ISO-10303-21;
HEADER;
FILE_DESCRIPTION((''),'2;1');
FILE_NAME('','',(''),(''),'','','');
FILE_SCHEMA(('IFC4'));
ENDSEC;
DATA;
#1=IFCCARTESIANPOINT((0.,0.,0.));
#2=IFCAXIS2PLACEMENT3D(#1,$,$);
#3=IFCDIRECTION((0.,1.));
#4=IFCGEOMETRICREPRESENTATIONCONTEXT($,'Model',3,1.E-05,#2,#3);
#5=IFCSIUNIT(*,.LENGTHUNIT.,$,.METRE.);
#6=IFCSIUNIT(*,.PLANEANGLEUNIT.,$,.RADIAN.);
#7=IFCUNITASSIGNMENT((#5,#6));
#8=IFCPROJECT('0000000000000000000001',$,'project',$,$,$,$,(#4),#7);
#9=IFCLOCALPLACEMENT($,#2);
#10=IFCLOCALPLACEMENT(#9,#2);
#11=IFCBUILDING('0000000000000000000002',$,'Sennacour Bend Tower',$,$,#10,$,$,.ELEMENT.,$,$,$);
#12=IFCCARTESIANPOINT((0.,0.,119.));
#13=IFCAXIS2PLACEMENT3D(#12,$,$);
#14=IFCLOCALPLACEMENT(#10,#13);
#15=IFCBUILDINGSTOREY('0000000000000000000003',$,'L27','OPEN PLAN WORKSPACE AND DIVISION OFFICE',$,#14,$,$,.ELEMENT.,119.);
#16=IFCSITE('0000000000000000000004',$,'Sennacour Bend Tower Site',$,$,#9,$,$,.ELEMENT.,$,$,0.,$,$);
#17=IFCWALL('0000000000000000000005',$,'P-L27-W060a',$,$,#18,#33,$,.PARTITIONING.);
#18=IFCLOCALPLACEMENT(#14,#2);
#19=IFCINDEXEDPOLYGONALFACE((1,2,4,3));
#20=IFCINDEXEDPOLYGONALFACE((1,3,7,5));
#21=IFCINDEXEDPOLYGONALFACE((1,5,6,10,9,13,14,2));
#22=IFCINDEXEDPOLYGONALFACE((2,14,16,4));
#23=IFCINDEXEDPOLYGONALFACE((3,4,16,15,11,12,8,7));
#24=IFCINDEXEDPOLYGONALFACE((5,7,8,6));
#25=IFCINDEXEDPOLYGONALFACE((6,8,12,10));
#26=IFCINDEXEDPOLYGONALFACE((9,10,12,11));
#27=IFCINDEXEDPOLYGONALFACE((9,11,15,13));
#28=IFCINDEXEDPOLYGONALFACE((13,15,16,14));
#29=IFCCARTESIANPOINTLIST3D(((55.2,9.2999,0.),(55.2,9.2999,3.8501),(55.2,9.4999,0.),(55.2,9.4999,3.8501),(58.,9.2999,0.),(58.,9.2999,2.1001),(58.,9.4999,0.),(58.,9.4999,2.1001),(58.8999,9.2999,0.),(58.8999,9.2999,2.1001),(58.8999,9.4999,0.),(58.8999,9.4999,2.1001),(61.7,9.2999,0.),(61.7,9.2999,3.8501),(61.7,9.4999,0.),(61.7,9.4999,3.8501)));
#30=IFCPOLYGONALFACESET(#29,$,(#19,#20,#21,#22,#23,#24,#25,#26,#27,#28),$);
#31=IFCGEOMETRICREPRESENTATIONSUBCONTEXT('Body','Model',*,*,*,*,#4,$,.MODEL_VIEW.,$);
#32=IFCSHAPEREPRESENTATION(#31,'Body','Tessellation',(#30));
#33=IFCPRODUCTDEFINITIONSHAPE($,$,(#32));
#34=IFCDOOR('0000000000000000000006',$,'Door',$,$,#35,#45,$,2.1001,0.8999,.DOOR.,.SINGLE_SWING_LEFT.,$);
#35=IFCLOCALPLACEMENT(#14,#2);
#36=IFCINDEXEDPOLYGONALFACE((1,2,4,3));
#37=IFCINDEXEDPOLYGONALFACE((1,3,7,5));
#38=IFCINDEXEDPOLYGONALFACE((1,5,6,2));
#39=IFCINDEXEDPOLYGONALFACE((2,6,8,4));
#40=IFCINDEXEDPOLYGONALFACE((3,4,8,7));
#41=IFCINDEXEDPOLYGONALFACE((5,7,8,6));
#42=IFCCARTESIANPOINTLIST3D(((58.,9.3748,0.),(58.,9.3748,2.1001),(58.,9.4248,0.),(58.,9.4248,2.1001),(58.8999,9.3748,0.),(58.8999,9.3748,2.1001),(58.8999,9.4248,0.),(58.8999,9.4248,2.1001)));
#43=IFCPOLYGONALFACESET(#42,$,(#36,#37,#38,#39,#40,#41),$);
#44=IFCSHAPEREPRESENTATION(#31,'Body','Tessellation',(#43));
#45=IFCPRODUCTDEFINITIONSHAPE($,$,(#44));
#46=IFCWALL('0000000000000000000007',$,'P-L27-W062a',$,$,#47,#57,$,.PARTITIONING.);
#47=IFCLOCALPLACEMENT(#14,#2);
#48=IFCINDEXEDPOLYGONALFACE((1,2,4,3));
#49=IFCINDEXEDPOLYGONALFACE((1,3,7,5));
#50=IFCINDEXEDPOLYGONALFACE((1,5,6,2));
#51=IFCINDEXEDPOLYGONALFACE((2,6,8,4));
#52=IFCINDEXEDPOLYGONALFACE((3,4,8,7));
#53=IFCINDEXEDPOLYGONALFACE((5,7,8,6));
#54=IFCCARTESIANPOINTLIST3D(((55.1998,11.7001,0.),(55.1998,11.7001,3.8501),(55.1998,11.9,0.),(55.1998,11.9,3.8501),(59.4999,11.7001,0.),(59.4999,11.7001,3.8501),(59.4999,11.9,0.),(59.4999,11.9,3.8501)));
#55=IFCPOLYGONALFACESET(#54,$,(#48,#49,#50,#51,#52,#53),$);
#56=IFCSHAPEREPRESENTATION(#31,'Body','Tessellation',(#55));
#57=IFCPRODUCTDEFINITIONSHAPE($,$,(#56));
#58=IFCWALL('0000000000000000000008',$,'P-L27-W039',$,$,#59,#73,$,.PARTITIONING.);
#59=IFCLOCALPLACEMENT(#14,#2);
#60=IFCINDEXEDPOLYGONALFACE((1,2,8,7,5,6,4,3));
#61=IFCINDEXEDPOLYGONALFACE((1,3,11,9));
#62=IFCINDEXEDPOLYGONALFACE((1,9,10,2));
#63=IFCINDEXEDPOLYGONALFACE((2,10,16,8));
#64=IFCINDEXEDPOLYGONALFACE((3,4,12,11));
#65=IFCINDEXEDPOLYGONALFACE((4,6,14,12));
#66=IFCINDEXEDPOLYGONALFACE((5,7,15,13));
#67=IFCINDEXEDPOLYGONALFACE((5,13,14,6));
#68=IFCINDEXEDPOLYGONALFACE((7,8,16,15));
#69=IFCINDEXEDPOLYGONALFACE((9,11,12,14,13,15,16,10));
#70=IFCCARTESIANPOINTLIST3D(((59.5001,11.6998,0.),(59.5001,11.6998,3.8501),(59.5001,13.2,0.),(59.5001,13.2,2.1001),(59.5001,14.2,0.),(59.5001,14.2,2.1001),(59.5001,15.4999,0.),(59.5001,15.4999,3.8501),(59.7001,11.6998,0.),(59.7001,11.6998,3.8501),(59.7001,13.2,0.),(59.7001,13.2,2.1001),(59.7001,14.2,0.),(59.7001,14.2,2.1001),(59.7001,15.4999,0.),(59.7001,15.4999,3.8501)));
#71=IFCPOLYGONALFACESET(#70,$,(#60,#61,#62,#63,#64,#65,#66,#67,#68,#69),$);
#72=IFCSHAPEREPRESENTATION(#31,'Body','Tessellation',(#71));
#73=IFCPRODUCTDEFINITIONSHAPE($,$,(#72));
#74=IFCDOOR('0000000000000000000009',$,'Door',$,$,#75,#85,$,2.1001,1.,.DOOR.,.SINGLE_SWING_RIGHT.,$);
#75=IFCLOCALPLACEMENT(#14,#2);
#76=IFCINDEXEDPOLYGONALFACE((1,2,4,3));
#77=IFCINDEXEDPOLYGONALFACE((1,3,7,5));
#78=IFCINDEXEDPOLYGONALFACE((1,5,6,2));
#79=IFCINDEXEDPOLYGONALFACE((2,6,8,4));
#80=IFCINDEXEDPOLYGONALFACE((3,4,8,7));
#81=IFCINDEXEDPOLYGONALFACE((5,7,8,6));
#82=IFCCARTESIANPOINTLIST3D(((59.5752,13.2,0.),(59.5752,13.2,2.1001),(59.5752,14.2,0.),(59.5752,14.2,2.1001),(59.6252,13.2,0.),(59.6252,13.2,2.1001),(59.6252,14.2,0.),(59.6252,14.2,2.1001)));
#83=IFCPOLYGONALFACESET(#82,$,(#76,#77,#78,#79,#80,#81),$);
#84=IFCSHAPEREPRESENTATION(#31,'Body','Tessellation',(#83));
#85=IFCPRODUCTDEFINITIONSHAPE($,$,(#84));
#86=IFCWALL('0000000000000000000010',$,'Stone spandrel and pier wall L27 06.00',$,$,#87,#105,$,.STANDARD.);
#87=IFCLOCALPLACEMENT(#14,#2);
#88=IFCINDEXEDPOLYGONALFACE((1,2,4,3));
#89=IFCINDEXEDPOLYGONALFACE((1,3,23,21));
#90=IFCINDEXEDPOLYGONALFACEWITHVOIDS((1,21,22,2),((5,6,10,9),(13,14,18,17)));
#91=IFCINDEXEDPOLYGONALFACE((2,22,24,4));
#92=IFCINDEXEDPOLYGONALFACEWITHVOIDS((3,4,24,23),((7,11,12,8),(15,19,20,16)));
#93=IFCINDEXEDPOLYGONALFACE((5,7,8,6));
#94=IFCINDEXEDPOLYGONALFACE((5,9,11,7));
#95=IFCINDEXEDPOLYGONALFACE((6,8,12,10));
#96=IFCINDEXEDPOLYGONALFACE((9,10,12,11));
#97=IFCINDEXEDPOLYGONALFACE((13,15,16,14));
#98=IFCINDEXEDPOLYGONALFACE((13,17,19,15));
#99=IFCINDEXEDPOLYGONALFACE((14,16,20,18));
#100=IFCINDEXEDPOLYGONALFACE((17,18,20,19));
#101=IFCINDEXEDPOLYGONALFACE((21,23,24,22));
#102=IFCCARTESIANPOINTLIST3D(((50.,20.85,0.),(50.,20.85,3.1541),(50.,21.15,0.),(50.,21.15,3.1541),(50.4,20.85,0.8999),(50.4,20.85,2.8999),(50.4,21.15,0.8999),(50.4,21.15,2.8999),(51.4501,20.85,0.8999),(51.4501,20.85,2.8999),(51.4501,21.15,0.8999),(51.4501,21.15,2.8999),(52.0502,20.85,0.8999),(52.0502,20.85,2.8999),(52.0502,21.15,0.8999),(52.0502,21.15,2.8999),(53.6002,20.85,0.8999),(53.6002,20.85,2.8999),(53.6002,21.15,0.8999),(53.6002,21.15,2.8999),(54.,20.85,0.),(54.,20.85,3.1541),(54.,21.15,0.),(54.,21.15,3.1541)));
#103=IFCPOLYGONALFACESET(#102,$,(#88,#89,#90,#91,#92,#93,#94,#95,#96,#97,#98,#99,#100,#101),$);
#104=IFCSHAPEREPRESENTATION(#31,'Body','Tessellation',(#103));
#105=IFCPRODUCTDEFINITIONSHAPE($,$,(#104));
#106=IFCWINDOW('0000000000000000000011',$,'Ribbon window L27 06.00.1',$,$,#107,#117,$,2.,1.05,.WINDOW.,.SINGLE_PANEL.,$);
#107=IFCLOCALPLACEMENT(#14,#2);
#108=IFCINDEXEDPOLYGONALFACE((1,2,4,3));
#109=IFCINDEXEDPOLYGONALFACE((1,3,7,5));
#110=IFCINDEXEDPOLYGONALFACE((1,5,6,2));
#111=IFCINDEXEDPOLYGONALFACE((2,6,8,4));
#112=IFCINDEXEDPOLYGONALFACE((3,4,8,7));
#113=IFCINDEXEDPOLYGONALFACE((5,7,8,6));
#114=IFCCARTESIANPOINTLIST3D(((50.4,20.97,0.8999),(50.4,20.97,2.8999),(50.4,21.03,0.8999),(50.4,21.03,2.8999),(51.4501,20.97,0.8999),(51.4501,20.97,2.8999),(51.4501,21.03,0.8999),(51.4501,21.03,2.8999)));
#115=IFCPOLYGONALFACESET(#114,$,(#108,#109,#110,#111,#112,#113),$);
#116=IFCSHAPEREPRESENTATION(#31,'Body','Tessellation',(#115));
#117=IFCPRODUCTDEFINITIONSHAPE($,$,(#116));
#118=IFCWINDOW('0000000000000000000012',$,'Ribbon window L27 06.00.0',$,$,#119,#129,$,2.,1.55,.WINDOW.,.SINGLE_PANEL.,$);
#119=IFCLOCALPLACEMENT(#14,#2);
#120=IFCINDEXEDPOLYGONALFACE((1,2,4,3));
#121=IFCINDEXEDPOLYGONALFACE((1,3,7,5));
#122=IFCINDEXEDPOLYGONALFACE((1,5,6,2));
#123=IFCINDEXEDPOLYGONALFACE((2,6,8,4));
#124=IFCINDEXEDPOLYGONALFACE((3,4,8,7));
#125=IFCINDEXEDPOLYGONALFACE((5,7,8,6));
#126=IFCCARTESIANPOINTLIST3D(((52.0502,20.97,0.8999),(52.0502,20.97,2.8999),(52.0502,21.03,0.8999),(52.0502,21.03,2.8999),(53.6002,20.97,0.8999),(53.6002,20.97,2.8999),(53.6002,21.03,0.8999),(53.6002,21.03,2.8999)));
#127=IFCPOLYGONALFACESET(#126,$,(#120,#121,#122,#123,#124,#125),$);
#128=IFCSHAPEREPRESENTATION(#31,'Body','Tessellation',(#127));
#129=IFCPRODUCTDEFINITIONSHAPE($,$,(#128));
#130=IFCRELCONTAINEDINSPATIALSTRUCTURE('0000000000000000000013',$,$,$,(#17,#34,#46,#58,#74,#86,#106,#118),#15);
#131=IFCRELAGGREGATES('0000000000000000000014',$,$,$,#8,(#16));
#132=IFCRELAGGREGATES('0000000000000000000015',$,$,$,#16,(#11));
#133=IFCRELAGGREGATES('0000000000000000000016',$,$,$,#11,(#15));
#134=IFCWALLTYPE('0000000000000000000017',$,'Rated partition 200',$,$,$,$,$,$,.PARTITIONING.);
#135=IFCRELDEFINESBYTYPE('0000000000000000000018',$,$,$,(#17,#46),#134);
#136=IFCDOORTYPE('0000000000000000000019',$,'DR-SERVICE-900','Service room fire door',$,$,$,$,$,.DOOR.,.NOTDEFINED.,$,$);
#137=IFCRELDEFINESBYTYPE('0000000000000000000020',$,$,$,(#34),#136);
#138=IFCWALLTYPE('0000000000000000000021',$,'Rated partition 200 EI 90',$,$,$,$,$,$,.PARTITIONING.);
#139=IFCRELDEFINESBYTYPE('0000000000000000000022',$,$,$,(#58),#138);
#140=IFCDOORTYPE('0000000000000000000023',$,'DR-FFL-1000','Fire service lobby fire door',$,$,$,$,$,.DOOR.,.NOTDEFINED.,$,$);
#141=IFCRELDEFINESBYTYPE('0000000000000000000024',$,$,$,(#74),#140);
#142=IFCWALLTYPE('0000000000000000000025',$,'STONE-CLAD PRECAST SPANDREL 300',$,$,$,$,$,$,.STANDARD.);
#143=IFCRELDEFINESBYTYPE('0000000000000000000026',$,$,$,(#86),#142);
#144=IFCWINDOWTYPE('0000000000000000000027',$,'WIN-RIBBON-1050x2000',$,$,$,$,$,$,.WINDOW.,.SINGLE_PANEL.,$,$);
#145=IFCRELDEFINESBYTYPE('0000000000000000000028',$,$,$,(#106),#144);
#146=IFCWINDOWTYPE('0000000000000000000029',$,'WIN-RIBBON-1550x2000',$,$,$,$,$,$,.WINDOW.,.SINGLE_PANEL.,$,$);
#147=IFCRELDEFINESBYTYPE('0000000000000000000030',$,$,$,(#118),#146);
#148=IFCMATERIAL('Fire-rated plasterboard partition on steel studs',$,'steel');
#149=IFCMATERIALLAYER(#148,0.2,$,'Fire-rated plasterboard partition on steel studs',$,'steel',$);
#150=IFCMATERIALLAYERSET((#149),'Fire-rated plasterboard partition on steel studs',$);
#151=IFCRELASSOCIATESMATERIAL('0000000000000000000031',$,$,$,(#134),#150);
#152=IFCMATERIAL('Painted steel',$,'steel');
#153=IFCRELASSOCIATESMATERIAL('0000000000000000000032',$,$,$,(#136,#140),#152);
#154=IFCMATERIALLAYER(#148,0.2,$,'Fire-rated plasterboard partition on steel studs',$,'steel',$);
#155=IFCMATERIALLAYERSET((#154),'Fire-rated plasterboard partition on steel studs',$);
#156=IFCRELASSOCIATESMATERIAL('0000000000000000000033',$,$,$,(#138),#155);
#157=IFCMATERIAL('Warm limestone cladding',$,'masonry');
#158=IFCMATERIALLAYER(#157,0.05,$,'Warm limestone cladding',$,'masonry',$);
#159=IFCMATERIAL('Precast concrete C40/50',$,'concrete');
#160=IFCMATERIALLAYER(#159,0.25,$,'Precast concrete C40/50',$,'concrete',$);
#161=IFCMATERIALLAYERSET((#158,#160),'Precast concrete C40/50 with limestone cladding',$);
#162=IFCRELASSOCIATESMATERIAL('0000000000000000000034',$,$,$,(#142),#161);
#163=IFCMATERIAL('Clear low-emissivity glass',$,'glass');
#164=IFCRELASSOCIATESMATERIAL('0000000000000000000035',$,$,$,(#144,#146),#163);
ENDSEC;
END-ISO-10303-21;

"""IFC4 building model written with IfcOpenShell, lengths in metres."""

from ifc_helpers import new_model, si_unit, direction, frame, frame_2d, origin, place, context, subcontext, project, spatial, rectangle, extrude, material, layer, layer_set, type_object, element, fill, save


model = new_model("IFC4")

# Units and contexts
model_context = context("Model", 3, precision=1e-05, world=origin(), true_north=direction((0.0, 1.0)))
body_context = subcontext(model_context, "Body", "Model", "MODEL_VIEW")
ifc_project = project(units=[si_unit("LENGTHUNIT", "METRE"), si_unit("PLANEANGLEUNIT", "RADIAN")], contexts=[model_context])

# Site, building, storey
site_placement = place(None, origin())
site = spatial("IfcSite", under=ifc_project, at=site_placement, Name="Sennacour Bend Tower Site", CompositionType="ELEMENT", RefElevation=0.0)
building_placement = place(site_placement, origin())
building = spatial("IfcBuilding", under=site, at=building_placement, Name="Sennacour Bend Tower", CompositionType="ELEMENT")
storey_placement = place(building_placement, frame((0.0, 0.0, 119.0)))
storey = spatial("IfcBuildingStorey", under=building, at=storey_placement, Name="L27", Description="OPEN PLAN WORKSPACE AND DIVISION OFFICE", CompositionType="ELEMENT", Elevation=119.0)

# Wall, opening, door
ifc_material_1 = material(Name="Fire-rated plasterboard partition on steel studs", Category="steel")
ifc_layer_1 = layer(ifc_material_1, 0.2, Name="Fire-rated plasterboard partition on steel studs", Category="steel")
ifc_layer_set_1 = layer_set([ifc_layer_1], Name="Fire-rated plasterboard partition on steel studs")
wall_type_1 = type_object("IfcWallType", Name="Rated partition 200", PredefinedType="PARTITIONING", material=ifc_layer_set_1)
wall_1_placement = place(storey_placement, frame((55.2, 9.3999, 0.0), z_axis=(0.0, 0.0, 1.0), x_axis=(1.0, 0.0, 0.0)))
wall_1 = element("IfcWall", 1, at=wall_1_placement, inside=storey, type_object=wall_type_1, Name="P-L27-W060a", PredefinedType="PARTITIONING", context=body_context, shape_type="SweptSolid", body=[
    extrude(rectangle(XDim=6.5, YDim=0.2, at=frame_2d((3.25, 0.0))), origin(), (0.0, 0.0, 1.0), 3.8501),
])
opening_1_placement = place(wall_1_placement, frame((2.8, 0.0, 0.0)))
opening_1 = element("IfcOpeningElement", 2, at=opening_1_placement, cuts=wall_1, PredefinedType="OPENING", context=body_context, shape_type="SweptSolid", body=[
    extrude(rectangle(XDim=0.8999, YDim=2.1001, at=frame_2d((0.45, 1.05))), frame((0.0, 0.1099, 0.0), z_axis=(0.0, -1.0, 0.0), x_axis=(1.0, 0.0, 0.0)), (0.0, 0.0, 1.0), 0.22),
])
ifc_material_2 = material(Name="Painted steel", Category="steel")
door_type_1 = type_object("IfcDoorType", Name="DR-SERVICE-900", Description="Service room fire door", OperationType="NOTDEFINED", PredefinedType="DOOR", material=ifc_material_2)
door_1_placement = place(opening_1_placement, origin())
door_1 = element("IfcDoor", 3, at=door_1_placement, inside=storey, type_object=door_type_1, Name="Door", OperationType="SINGLE_SWING_LEFT", OverallHeight=2.1001, OverallWidth=0.8999, PredefinedType="DOOR", context=body_context, shape_type="SweptSolid", body=[
    extrude(rectangle(XDim=0.8999, YDim=2.1001, at=frame_2d((0.45, 1.05))), frame((0.0, 0.0249, 0.0), z_axis=(0.0, -1.0, 0.0), x_axis=(1.0, 0.0, 0.0)), (0.0, 0.0, 1.0), 0.05),
])
fill(opening_1, door_1)

# Wall
wall_2_placement = place(storey_placement, frame((55.2, 11.8, 0.0), z_axis=(0.0, 0.0, 1.0), x_axis=(1.0, 0.0, 0.0)))
element("IfcWall", 4, at=wall_2_placement, inside=storey, type_object=wall_type_1, Name="P-L27-W062a", PredefinedType="PARTITIONING", context=body_context, shape_type="SweptSolid", body=[
    extrude(rectangle(XDim=4.3, YDim=0.2, at=frame_2d((2.1499, 0.0))), origin(), (0.0, 0.0, 1.0), 3.8501),
])

# Wall, opening, door
ifc_layer_2 = layer(ifc_material_1, 0.2, Name="Fire-rated plasterboard partition on steel studs", Category="steel")
ifc_layer_set_2 = layer_set([ifc_layer_2], Name="Fire-rated plasterboard partition on steel studs")
wall_type_2 = type_object("IfcWallType", Name="Rated partition 200 EI 90", PredefinedType="PARTITIONING", material=ifc_layer_set_2)
wall_3_placement = place(storey_placement, frame((59.6001, 11.7, 0.0), z_axis=(0.0, 0.0, 1.0), x_axis=(0.0, 1.0, 0.0)))
wall_3 = element("IfcWall", 5, at=wall_3_placement, inside=storey, type_object=wall_type_2, Name="P-L27-W039", PredefinedType="PARTITIONING", context=body_context, shape_type="SweptSolid", body=[
    extrude(rectangle(XDim=3.8, YDim=0.2, at=frame_2d((1.8999, 0.0))), origin(), (0.0, 0.0, 1.0), 3.8501),
])
opening_2_placement = place(wall_3_placement, frame((1.5, 0.0, 0.0)))
opening_2 = element("IfcOpeningElement", 6, at=opening_2_placement, cuts=wall_3, PredefinedType="OPENING", context=body_context, shape_type="SweptSolid", body=[
    extrude(rectangle(XDim=1.0, YDim=2.1001, at=frame_2d((0.5, 1.05))), frame((0.0, 0.1099, 0.0), z_axis=(0.0, -1.0, 0.0), x_axis=(1.0, 0.0, 0.0)), (0.0, 0.0, 1.0), 0.22),
])
door_type_2 = type_object("IfcDoorType", Name="DR-FFL-1000", Description="Fire service lobby fire door", OperationType="NOTDEFINED", PredefinedType="DOOR", material=ifc_material_2)
door_2_placement = place(opening_2_placement, origin())
door_2 = element("IfcDoor", 7, at=door_2_placement, inside=storey, type_object=door_type_2, Name="Door", OperationType="SINGLE_SWING_RIGHT", OverallHeight=2.1001, OverallWidth=1.0, PredefinedType="DOOR", context=body_context, shape_type="SweptSolid", body=[
    extrude(rectangle(XDim=1.0, YDim=2.1001, at=frame_2d((0.5, 1.05))), frame((0.0, 0.0249, 0.0), z_axis=(0.0, -1.0, 0.0), x_axis=(1.0, 0.0, 0.0)), (0.0, 0.0, 1.0), 0.05),
])
fill(opening_2, door_2)

# Wall, openings, windows
ifc_material_3 = material(Name="Warm limestone cladding", Category="masonry")
ifc_layer_3 = layer(ifc_material_3, 0.05, Name="Warm limestone cladding", Category="masonry")
ifc_material_4 = material(Name="Precast concrete C40/50", Category="concrete")
ifc_layer_4 = layer(ifc_material_4, 0.25, Name="Precast concrete C40/50", Category="concrete")
ifc_layer_set_3 = layer_set([ifc_layer_3, ifc_layer_4], Name="Precast concrete C40/50 with limestone cladding")
wall_type_3 = type_object("IfcWallType", Name="STONE-CLAD PRECAST SPANDREL 300", PredefinedType="STANDARD", material=ifc_layer_set_3)
wall_4_placement = place(storey_placement, frame((54.0, 21.0, 0.0), z_axis=(0.0, 0.0, 1.0), x_axis=(-1.0, 0.0, 0.0)))
wall_4 = element("IfcWall", 8, at=wall_4_placement, inside=storey, type_object=wall_type_3, Name="Stone spandrel and pier wall L27 06.00", PredefinedType="STANDARD", context=body_context, shape_type="SweptSolid", body=[
    extrude(rectangle(XDim=4.0, YDim=0.3, at=frame_2d((2.0, 0.0))), origin(), (0.0, 0.0, 1.0), 3.1541),
])
opening_3_placement = place(wall_4_placement, frame((0.3999, 0.0, 0.8999)))
opening_3 = element("IfcOpeningElement", 9, at=opening_3_placement, cuts=wall_4, PredefinedType="OPENING", context=body_context, shape_type="SweptSolid", body=[
    extrude(rectangle(XDim=1.55, YDim=2.0, at=frame_2d((0.7749, 1.0))), frame((0.0, 0.1602, 0.0), z_axis=(0.0, -1.0, 0.0), x_axis=(1.0, 0.0, 0.0)), (0.0, 0.0, 1.0), 0.3201),
])
opening_4_placement = place(wall_4_placement, frame((2.55, 0.0, 0.8999)))
opening_4 = element("IfcOpeningElement", 10, at=opening_4_placement, cuts=wall_4, PredefinedType="OPENING", context=body_context, shape_type="SweptSolid", body=[
    extrude(rectangle(XDim=1.05, YDim=2.0, at=frame_2d((0.5249, 1.0))), frame((0.0, 0.1602, 0.0), z_axis=(0.0, -1.0, 0.0), x_axis=(1.0, 0.0, 0.0)), (0.0, 0.0, 1.0), 0.3201),
])
ifc_material_5 = material(Name="Clear low-emissivity glass", Category="glass")
window_type_1 = type_object("IfcWindowType", Name="WIN-RIBBON-1050x2000", PartitioningType="SINGLE_PANEL", PredefinedType="WINDOW", material=ifc_material_5)
window_1_placement = place(opening_4_placement, origin())
window_1 = element("IfcWindow", 11, at=window_1_placement, inside=storey, type_object=window_type_1, Name="Ribbon window L27 06.00.1", OverallHeight=2.0, OverallWidth=1.05, PartitioningType="SINGLE_PANEL", PredefinedType="WINDOW", context=body_context, shape_type="SweptSolid", body=[
    extrude(rectangle(XDim=1.05, YDim=2.0, at=frame_2d((0.5249, 1.0))), frame((0.0, 0.03, 0.0), z_axis=(0.0, -1.0, 0.0), x_axis=(1.0, 0.0, 0.0)), (0.0, 0.0, 1.0), 0.0601),
])
fill(opening_4, window_1)
window_type_2 = type_object("IfcWindowType", Name="WIN-RIBBON-1550x2000", PartitioningType="SINGLE_PANEL", PredefinedType="WINDOW", material=ifc_material_5)
window_2_placement = place(opening_3_placement, origin())
window_2 = element("IfcWindow", 12, at=window_2_placement, inside=storey, type_object=window_type_2, Name="Ribbon window L27 06.00.0", OverallHeight=2.0, OverallWidth=1.55, PartitioningType="SINGLE_PANEL", PredefinedType="WINDOW", context=body_context, shape_type="SweptSolid", body=[
    extrude(rectangle(XDim=1.55, YDim=2.0, at=frame_2d((0.7749, 1.0))), frame((0.0, 0.03, 0.0), z_axis=(0.0, -1.0, 0.0), x_axis=(1.0, 0.0, 0.0)), (0.0, 0.0, 1.0), 0.0601),
])
fill(opening_3, window_2)

save(model, "model.ifc")
